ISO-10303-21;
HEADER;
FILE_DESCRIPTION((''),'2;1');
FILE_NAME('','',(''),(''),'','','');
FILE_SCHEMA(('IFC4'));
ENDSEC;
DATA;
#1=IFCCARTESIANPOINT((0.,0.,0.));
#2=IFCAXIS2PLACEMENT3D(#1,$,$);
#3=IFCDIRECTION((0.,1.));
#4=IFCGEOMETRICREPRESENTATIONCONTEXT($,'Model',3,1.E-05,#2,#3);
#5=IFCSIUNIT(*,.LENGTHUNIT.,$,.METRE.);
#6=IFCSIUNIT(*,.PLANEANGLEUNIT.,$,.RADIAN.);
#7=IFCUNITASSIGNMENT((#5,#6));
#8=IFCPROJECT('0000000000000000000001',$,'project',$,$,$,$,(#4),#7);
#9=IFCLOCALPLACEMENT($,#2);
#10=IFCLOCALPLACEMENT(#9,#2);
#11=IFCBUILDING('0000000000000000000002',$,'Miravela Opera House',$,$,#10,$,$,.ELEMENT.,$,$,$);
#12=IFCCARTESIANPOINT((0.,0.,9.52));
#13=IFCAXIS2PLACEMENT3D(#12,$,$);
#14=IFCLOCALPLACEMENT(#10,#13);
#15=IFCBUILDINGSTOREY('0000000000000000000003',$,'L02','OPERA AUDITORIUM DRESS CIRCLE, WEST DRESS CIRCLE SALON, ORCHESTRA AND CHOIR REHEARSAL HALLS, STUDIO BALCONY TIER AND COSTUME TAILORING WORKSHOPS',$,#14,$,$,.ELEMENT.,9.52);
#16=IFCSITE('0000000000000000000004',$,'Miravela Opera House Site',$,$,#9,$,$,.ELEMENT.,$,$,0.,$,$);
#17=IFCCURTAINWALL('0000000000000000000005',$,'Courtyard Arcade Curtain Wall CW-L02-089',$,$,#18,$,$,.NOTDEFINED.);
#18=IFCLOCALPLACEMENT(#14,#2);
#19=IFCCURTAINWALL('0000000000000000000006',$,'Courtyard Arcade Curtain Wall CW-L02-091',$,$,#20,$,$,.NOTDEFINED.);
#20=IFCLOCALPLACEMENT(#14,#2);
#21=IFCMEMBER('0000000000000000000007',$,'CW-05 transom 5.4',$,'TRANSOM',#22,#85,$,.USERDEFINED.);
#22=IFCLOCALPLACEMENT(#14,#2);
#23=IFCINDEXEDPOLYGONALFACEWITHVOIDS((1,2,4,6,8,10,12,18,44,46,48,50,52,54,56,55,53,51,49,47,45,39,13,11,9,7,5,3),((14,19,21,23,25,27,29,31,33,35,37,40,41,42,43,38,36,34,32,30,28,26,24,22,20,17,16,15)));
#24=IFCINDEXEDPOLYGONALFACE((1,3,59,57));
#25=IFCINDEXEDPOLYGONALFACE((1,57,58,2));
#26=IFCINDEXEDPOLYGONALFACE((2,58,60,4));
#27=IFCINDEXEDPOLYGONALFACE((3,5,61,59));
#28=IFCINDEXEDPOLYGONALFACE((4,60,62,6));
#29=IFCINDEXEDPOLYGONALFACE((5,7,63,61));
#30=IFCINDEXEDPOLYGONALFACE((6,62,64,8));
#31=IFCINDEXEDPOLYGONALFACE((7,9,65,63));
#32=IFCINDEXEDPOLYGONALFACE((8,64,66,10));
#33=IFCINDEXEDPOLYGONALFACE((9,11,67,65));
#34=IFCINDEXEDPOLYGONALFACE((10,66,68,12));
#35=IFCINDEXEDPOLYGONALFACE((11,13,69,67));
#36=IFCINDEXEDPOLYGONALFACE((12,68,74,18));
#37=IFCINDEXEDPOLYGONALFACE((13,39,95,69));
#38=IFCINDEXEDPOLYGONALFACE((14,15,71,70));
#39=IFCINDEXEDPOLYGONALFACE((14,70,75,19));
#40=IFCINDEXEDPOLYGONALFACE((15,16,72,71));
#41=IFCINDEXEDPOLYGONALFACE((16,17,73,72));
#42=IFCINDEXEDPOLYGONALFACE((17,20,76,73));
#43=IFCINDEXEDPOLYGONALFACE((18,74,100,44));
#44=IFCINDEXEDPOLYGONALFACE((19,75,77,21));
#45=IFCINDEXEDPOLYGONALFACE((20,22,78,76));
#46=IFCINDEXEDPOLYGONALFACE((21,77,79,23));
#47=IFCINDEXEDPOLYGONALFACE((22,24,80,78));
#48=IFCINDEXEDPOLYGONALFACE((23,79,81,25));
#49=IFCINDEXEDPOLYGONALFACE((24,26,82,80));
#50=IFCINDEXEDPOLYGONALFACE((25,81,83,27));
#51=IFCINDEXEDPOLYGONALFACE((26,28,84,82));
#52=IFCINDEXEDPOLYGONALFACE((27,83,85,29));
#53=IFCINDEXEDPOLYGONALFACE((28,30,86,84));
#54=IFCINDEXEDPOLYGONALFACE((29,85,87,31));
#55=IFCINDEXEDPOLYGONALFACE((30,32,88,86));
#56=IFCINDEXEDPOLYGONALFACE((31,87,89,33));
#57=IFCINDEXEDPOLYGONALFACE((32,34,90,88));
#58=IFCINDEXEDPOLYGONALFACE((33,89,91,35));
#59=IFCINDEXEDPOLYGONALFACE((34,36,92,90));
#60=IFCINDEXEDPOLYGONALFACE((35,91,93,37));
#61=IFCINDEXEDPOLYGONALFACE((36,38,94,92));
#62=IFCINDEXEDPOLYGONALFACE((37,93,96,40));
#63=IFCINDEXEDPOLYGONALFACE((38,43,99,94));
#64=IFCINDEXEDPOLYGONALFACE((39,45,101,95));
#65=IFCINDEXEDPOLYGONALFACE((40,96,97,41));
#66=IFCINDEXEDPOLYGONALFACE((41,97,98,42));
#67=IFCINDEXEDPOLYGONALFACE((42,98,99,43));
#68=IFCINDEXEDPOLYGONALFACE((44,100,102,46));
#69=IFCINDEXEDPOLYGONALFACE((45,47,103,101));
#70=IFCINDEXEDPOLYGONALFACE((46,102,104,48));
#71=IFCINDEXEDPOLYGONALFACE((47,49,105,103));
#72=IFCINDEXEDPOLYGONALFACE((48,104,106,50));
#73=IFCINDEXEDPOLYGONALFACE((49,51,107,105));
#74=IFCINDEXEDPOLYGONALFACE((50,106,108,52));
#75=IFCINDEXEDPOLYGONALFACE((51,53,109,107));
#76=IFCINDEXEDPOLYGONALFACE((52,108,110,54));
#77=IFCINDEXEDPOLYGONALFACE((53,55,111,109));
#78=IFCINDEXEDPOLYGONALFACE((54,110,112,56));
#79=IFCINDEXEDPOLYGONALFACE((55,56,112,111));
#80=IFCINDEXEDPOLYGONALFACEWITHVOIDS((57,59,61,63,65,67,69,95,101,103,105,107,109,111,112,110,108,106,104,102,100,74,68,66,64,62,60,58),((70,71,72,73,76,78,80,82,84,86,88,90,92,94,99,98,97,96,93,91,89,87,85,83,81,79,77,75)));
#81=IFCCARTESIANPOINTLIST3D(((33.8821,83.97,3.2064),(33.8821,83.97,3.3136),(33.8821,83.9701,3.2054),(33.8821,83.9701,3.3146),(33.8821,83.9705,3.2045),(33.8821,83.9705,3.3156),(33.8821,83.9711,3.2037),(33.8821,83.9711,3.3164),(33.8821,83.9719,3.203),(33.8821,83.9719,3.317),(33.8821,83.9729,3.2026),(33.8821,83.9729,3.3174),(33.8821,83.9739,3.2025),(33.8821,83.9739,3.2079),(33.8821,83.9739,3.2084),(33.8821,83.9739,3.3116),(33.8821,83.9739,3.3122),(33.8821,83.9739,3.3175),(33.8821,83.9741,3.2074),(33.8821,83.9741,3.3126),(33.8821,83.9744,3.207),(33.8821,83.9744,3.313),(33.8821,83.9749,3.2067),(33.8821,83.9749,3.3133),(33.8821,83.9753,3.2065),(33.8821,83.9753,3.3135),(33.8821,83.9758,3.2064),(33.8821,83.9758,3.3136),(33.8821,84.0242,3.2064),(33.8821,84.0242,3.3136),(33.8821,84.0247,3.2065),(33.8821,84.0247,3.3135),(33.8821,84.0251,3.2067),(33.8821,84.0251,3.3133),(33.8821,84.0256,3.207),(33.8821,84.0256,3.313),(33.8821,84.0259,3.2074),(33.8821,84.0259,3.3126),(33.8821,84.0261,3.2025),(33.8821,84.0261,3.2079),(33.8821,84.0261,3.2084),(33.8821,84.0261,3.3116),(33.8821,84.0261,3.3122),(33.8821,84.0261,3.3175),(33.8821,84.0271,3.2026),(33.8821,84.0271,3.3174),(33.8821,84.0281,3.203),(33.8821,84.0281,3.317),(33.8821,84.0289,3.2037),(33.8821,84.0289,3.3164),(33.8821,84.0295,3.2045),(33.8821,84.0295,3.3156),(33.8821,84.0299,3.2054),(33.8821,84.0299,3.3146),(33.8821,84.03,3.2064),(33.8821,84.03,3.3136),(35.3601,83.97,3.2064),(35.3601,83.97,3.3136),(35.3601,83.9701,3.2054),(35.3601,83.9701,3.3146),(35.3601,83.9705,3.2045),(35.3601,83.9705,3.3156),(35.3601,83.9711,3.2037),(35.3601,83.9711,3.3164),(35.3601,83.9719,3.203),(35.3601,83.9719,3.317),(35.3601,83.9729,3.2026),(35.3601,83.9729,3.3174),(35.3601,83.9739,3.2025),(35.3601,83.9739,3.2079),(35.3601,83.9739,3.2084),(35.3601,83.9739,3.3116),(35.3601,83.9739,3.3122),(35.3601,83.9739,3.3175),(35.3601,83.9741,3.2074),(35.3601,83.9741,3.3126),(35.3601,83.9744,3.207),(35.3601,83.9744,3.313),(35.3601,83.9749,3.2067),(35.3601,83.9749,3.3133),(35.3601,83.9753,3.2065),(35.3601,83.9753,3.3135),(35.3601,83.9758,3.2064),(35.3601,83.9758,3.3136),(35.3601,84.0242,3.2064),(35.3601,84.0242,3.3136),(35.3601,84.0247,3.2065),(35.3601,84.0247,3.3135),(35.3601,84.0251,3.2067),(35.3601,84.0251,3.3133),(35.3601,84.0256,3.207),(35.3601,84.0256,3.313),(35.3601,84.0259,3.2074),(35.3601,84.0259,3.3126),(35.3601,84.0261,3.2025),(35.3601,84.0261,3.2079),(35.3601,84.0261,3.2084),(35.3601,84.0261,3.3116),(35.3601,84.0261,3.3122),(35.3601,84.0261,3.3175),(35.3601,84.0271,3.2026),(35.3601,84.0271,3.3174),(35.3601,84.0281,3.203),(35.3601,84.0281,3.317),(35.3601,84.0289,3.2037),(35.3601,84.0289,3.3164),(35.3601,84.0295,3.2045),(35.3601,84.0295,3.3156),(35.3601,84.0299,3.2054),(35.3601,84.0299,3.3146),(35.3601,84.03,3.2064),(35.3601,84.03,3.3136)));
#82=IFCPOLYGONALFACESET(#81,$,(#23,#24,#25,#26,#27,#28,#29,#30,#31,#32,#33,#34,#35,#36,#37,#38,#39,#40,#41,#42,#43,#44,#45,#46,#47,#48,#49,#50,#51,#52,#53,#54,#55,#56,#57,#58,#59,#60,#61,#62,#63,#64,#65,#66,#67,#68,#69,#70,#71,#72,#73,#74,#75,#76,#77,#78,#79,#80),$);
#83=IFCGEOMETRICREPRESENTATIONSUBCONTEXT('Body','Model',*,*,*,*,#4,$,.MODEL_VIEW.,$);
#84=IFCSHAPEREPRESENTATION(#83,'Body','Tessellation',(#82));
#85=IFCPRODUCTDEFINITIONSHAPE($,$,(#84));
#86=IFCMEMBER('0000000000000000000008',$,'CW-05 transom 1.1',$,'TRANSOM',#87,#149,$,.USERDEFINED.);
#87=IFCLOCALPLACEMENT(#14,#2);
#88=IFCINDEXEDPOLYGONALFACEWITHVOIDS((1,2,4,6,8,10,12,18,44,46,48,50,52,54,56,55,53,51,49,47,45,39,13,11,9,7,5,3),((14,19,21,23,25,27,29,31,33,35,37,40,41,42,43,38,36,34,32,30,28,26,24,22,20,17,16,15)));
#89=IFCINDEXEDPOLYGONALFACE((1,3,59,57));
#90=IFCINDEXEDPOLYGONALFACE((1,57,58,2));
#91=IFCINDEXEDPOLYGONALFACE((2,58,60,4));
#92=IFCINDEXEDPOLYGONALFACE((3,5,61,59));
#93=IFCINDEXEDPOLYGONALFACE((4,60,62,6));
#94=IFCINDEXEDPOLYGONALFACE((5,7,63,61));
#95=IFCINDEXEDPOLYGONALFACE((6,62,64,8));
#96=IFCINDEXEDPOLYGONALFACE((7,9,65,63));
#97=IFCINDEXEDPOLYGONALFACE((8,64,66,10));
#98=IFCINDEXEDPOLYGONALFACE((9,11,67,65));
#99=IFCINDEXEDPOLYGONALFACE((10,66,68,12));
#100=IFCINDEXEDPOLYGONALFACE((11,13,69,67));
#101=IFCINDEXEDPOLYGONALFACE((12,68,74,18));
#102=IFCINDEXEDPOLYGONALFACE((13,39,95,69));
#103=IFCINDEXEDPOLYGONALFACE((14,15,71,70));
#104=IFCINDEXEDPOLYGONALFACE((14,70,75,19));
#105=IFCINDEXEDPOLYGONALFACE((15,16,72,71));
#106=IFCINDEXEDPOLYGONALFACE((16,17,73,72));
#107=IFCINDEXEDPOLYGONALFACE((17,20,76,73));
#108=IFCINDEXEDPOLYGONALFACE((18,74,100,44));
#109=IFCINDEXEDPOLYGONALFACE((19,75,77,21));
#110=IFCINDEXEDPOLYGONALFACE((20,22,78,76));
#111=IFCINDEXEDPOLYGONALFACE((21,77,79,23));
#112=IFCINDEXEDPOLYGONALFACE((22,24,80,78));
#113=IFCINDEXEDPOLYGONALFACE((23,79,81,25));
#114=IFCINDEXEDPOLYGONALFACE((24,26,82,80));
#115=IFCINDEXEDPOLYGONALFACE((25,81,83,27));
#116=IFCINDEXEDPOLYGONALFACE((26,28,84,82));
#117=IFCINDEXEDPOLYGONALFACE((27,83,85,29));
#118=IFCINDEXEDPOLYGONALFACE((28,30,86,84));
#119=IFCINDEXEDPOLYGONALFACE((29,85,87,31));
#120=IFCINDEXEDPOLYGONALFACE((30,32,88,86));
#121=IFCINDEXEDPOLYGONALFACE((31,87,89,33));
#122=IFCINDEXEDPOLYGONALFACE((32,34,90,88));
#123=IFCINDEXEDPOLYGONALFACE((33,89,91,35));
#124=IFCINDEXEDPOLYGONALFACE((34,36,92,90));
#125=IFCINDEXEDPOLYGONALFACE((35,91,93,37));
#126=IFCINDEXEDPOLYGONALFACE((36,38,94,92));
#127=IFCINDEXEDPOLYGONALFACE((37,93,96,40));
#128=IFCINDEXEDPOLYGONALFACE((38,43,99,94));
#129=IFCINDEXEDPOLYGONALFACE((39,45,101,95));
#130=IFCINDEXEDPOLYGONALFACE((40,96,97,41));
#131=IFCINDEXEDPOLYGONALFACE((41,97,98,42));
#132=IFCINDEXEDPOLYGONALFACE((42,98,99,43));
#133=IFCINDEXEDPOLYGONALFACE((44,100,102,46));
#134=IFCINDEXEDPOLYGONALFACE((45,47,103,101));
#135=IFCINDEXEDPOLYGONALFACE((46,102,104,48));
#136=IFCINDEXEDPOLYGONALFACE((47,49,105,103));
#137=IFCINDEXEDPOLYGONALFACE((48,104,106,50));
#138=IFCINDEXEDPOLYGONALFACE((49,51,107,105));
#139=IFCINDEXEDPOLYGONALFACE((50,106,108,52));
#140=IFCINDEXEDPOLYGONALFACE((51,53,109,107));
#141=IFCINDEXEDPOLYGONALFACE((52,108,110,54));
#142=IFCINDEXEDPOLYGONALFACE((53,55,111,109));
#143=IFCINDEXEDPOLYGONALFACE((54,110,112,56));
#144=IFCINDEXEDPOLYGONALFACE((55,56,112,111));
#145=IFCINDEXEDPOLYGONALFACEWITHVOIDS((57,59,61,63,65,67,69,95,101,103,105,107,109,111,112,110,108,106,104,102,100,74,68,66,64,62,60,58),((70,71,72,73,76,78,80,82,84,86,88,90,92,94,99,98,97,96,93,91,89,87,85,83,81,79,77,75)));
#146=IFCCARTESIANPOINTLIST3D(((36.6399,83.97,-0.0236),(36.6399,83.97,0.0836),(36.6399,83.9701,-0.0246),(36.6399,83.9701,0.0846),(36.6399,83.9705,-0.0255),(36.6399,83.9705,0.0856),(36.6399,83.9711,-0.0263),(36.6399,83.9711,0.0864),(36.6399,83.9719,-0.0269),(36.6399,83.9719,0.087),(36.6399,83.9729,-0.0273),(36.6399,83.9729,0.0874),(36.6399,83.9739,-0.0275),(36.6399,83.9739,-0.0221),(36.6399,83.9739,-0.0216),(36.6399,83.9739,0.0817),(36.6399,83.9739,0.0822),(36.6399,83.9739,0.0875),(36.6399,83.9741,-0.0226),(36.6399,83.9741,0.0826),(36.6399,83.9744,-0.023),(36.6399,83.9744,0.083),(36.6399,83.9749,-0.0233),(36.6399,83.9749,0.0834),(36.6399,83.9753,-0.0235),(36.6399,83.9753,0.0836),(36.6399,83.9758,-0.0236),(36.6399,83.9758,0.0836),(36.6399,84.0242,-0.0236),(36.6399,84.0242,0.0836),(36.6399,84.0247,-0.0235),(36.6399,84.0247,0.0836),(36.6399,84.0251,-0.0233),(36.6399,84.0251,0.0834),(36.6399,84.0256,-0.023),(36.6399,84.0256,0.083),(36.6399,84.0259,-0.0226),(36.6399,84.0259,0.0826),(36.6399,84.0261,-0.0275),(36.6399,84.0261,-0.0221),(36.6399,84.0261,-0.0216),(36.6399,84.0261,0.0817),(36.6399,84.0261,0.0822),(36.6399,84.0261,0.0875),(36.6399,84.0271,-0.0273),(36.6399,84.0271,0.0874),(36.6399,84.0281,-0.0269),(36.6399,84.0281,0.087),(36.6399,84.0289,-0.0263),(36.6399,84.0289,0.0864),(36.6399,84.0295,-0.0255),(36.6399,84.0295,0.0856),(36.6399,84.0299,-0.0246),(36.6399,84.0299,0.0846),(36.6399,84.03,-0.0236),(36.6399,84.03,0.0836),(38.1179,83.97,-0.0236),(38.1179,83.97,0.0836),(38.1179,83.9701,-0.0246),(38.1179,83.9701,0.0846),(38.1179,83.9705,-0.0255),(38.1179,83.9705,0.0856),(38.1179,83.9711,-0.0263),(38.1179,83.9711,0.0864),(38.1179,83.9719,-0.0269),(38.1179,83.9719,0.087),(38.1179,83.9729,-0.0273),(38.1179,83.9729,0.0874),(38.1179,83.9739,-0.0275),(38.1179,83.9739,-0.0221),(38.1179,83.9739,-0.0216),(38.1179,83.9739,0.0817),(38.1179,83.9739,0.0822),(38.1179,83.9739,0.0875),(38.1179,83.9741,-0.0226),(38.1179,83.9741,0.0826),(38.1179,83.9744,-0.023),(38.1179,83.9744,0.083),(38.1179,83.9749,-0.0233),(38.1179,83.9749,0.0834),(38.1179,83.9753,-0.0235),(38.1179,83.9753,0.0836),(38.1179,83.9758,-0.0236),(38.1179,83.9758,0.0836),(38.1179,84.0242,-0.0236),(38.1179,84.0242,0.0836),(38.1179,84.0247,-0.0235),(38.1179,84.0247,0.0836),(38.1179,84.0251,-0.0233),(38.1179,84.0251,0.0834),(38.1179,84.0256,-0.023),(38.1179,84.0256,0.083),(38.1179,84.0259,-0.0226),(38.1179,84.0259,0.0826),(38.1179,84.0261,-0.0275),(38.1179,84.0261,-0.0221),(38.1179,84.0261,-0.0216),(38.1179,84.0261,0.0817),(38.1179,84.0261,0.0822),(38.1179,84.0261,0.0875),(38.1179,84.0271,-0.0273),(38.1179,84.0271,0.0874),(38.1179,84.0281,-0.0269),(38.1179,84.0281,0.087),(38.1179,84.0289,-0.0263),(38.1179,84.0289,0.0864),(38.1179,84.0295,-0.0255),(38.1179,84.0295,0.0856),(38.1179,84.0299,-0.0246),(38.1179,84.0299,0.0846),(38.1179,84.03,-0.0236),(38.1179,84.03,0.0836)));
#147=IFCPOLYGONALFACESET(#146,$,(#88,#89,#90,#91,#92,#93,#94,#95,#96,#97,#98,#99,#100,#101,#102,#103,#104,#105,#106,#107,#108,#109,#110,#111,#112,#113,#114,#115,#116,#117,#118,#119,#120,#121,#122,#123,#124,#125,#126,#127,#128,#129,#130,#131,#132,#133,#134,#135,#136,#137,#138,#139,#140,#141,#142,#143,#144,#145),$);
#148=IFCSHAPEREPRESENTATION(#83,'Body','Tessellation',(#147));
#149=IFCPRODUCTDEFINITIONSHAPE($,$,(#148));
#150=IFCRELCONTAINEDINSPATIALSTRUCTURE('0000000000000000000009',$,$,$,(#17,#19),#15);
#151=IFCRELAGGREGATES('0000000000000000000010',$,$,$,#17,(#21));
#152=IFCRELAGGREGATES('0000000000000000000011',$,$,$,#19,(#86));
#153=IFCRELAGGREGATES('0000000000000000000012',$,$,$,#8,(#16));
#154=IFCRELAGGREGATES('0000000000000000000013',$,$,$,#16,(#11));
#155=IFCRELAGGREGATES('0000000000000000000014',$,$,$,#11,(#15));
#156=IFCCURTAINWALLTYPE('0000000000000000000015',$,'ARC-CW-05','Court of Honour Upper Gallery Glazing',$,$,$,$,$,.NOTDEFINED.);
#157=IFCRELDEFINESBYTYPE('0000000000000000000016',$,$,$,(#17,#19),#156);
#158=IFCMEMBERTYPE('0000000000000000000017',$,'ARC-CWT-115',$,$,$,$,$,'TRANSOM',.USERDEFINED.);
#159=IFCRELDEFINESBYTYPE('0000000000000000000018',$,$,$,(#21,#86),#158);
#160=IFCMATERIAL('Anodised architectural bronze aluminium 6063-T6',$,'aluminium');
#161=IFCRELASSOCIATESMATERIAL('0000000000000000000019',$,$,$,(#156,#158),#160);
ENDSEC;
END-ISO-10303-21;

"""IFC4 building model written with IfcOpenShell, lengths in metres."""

from ifc_helpers import new_model, si_unit, direction, frame, origin, origin_2d, place, context, subcontext, project, spatial, hollow_rectangle, extrude, material, material_profile, profile_set, type_object, element, aggregate, save


model = new_model("IFC4")

# Units and contexts
model_context = context("Model", 3, precision=1e-05, world=origin(), true_north=direction((0.0, 1.0)))
body_context = subcontext(model_context, "Body", "Model", "MODEL_VIEW")
ifc_project = project(units=[si_unit("LENGTHUNIT", "METRE"), si_unit("PLANEANGLEUNIT", "RADIAN")], contexts=[model_context])

# Site, building, storey
site_placement = place(None, origin())
site = spatial("IfcSite", under=ifc_project, at=site_placement, Name="Miravela Opera House Site", CompositionType="ELEMENT", RefElevation=0.0)
building_placement = place(site_placement, origin())
building = spatial("IfcBuilding", under=site, at=building_placement, Name="Miravela Opera House", CompositionType="ELEMENT")
storey_placement = place(building_placement, frame((0.0, 0.0, 9.52)))
storey = spatial("IfcBuildingStorey", under=building, at=storey_placement, Name="L02", Description="OPERA AUDITORIUM DRESS CIRCLE, WEST DRESS CIRCLE SALON, ORCHESTRA AND CHOIR REHEARSAL HALLS, STUDIO BALCONY TIER AND COSTUME TAILORING WORKSHOPS", CompositionType="ELEMENT", Elevation=9.52)

# Curtain wall
ifc_material_1 = material(Name="Anodised architectural bronze aluminium 6063-T6", Category="aluminium")
curtain_wall_type = type_object("IfcCurtainWallType", Name="ARC-CW-05", Description="Court of Honour Upper Gallery Glazing", PredefinedType="NOTDEFINED", material=ifc_material_1)
curtain_wall_1_placement = place(storey_placement, origin())
curtain_wall_1 = element("IfcCurtainWall", 1, at=curtain_wall_1_placement, inside=storey, type_object=curtain_wall_type, Name="Courtyard Arcade Curtain Wall CW-L02-089", PredefinedType="NOTDEFINED")

# Curtain wall
curtain_wall_2_placement = place(storey_placement, origin())
curtain_wall_2 = element("IfcCurtainWall", 2, at=curtain_wall_2_placement, inside=storey, type_object=curtain_wall_type, Name="Courtyard Arcade Curtain Wall CW-L02-091", PredefinedType="NOTDEFINED")

# Members
ifc_material_profile_1 = material_profile(ifc_material_1, hollow_rectangle(XDim=0.0601, YDim=0.115, WallThickness=0.0039, InnerFilletRadius=0.002, OuterFilletRadius=0.0039, at=origin_2d()), Name="CWT-60X115")
ifc_profile_set_1 = profile_set([ifc_material_profile_1])
member_type_1 = type_object("IfcMemberType", Name="ARC-CWT-115", ElementType="TRANSOM", PredefinedType="USERDEFINED", material=ifc_profile_set_1)
member_1_placement = place(storey_placement, frame((33.8821, 84.0, 3.26), z_axis=(1.0, 0.0, 0.0), x_axis=(0.0, 1.0, 0.0)))
member_1 = element("IfcMember", 3, at=member_1_placement, type_object=member_type_1, Name="CW-05 transom 5.4", ObjectType="TRANSOM", PredefinedType="USERDEFINED", context=body_context, shape_type="SweptSolid", body=[
    extrude(hollow_rectangle(XDim=0.0601, YDim=0.115, WallThickness=0.0039, InnerFilletRadius=0.002, OuterFilletRadius=0.0039, at=origin_2d()), origin(), (0.0, 0.0, 1.0), 1.478),
])
member_2_placement = place(storey_placement, frame((36.6399, 84.0, 0.03), z_axis=(1.0, 0.0, 0.0), x_axis=(0.0, 1.0, 0.0)))
member_2 = element("IfcMember", 4, at=member_2_placement, type_object=member_type_1, Name="CW-05 transom 1.1", ObjectType="TRANSOM", PredefinedType="USERDEFINED", context=body_context, shape_type="SweptSolid", body=[
    extrude(hollow_rectangle(XDim=0.0601, YDim=0.115, WallThickness=0.0039, InnerFilletRadius=0.002, OuterFilletRadius=0.0039, at=origin_2d()), origin(), (0.0, 0.0, 1.0), 1.478),
])

aggregate(curtain_wall_1, [member_1])
aggregate(curtain_wall_2, [member_2])

save(model, "model.ifc")
